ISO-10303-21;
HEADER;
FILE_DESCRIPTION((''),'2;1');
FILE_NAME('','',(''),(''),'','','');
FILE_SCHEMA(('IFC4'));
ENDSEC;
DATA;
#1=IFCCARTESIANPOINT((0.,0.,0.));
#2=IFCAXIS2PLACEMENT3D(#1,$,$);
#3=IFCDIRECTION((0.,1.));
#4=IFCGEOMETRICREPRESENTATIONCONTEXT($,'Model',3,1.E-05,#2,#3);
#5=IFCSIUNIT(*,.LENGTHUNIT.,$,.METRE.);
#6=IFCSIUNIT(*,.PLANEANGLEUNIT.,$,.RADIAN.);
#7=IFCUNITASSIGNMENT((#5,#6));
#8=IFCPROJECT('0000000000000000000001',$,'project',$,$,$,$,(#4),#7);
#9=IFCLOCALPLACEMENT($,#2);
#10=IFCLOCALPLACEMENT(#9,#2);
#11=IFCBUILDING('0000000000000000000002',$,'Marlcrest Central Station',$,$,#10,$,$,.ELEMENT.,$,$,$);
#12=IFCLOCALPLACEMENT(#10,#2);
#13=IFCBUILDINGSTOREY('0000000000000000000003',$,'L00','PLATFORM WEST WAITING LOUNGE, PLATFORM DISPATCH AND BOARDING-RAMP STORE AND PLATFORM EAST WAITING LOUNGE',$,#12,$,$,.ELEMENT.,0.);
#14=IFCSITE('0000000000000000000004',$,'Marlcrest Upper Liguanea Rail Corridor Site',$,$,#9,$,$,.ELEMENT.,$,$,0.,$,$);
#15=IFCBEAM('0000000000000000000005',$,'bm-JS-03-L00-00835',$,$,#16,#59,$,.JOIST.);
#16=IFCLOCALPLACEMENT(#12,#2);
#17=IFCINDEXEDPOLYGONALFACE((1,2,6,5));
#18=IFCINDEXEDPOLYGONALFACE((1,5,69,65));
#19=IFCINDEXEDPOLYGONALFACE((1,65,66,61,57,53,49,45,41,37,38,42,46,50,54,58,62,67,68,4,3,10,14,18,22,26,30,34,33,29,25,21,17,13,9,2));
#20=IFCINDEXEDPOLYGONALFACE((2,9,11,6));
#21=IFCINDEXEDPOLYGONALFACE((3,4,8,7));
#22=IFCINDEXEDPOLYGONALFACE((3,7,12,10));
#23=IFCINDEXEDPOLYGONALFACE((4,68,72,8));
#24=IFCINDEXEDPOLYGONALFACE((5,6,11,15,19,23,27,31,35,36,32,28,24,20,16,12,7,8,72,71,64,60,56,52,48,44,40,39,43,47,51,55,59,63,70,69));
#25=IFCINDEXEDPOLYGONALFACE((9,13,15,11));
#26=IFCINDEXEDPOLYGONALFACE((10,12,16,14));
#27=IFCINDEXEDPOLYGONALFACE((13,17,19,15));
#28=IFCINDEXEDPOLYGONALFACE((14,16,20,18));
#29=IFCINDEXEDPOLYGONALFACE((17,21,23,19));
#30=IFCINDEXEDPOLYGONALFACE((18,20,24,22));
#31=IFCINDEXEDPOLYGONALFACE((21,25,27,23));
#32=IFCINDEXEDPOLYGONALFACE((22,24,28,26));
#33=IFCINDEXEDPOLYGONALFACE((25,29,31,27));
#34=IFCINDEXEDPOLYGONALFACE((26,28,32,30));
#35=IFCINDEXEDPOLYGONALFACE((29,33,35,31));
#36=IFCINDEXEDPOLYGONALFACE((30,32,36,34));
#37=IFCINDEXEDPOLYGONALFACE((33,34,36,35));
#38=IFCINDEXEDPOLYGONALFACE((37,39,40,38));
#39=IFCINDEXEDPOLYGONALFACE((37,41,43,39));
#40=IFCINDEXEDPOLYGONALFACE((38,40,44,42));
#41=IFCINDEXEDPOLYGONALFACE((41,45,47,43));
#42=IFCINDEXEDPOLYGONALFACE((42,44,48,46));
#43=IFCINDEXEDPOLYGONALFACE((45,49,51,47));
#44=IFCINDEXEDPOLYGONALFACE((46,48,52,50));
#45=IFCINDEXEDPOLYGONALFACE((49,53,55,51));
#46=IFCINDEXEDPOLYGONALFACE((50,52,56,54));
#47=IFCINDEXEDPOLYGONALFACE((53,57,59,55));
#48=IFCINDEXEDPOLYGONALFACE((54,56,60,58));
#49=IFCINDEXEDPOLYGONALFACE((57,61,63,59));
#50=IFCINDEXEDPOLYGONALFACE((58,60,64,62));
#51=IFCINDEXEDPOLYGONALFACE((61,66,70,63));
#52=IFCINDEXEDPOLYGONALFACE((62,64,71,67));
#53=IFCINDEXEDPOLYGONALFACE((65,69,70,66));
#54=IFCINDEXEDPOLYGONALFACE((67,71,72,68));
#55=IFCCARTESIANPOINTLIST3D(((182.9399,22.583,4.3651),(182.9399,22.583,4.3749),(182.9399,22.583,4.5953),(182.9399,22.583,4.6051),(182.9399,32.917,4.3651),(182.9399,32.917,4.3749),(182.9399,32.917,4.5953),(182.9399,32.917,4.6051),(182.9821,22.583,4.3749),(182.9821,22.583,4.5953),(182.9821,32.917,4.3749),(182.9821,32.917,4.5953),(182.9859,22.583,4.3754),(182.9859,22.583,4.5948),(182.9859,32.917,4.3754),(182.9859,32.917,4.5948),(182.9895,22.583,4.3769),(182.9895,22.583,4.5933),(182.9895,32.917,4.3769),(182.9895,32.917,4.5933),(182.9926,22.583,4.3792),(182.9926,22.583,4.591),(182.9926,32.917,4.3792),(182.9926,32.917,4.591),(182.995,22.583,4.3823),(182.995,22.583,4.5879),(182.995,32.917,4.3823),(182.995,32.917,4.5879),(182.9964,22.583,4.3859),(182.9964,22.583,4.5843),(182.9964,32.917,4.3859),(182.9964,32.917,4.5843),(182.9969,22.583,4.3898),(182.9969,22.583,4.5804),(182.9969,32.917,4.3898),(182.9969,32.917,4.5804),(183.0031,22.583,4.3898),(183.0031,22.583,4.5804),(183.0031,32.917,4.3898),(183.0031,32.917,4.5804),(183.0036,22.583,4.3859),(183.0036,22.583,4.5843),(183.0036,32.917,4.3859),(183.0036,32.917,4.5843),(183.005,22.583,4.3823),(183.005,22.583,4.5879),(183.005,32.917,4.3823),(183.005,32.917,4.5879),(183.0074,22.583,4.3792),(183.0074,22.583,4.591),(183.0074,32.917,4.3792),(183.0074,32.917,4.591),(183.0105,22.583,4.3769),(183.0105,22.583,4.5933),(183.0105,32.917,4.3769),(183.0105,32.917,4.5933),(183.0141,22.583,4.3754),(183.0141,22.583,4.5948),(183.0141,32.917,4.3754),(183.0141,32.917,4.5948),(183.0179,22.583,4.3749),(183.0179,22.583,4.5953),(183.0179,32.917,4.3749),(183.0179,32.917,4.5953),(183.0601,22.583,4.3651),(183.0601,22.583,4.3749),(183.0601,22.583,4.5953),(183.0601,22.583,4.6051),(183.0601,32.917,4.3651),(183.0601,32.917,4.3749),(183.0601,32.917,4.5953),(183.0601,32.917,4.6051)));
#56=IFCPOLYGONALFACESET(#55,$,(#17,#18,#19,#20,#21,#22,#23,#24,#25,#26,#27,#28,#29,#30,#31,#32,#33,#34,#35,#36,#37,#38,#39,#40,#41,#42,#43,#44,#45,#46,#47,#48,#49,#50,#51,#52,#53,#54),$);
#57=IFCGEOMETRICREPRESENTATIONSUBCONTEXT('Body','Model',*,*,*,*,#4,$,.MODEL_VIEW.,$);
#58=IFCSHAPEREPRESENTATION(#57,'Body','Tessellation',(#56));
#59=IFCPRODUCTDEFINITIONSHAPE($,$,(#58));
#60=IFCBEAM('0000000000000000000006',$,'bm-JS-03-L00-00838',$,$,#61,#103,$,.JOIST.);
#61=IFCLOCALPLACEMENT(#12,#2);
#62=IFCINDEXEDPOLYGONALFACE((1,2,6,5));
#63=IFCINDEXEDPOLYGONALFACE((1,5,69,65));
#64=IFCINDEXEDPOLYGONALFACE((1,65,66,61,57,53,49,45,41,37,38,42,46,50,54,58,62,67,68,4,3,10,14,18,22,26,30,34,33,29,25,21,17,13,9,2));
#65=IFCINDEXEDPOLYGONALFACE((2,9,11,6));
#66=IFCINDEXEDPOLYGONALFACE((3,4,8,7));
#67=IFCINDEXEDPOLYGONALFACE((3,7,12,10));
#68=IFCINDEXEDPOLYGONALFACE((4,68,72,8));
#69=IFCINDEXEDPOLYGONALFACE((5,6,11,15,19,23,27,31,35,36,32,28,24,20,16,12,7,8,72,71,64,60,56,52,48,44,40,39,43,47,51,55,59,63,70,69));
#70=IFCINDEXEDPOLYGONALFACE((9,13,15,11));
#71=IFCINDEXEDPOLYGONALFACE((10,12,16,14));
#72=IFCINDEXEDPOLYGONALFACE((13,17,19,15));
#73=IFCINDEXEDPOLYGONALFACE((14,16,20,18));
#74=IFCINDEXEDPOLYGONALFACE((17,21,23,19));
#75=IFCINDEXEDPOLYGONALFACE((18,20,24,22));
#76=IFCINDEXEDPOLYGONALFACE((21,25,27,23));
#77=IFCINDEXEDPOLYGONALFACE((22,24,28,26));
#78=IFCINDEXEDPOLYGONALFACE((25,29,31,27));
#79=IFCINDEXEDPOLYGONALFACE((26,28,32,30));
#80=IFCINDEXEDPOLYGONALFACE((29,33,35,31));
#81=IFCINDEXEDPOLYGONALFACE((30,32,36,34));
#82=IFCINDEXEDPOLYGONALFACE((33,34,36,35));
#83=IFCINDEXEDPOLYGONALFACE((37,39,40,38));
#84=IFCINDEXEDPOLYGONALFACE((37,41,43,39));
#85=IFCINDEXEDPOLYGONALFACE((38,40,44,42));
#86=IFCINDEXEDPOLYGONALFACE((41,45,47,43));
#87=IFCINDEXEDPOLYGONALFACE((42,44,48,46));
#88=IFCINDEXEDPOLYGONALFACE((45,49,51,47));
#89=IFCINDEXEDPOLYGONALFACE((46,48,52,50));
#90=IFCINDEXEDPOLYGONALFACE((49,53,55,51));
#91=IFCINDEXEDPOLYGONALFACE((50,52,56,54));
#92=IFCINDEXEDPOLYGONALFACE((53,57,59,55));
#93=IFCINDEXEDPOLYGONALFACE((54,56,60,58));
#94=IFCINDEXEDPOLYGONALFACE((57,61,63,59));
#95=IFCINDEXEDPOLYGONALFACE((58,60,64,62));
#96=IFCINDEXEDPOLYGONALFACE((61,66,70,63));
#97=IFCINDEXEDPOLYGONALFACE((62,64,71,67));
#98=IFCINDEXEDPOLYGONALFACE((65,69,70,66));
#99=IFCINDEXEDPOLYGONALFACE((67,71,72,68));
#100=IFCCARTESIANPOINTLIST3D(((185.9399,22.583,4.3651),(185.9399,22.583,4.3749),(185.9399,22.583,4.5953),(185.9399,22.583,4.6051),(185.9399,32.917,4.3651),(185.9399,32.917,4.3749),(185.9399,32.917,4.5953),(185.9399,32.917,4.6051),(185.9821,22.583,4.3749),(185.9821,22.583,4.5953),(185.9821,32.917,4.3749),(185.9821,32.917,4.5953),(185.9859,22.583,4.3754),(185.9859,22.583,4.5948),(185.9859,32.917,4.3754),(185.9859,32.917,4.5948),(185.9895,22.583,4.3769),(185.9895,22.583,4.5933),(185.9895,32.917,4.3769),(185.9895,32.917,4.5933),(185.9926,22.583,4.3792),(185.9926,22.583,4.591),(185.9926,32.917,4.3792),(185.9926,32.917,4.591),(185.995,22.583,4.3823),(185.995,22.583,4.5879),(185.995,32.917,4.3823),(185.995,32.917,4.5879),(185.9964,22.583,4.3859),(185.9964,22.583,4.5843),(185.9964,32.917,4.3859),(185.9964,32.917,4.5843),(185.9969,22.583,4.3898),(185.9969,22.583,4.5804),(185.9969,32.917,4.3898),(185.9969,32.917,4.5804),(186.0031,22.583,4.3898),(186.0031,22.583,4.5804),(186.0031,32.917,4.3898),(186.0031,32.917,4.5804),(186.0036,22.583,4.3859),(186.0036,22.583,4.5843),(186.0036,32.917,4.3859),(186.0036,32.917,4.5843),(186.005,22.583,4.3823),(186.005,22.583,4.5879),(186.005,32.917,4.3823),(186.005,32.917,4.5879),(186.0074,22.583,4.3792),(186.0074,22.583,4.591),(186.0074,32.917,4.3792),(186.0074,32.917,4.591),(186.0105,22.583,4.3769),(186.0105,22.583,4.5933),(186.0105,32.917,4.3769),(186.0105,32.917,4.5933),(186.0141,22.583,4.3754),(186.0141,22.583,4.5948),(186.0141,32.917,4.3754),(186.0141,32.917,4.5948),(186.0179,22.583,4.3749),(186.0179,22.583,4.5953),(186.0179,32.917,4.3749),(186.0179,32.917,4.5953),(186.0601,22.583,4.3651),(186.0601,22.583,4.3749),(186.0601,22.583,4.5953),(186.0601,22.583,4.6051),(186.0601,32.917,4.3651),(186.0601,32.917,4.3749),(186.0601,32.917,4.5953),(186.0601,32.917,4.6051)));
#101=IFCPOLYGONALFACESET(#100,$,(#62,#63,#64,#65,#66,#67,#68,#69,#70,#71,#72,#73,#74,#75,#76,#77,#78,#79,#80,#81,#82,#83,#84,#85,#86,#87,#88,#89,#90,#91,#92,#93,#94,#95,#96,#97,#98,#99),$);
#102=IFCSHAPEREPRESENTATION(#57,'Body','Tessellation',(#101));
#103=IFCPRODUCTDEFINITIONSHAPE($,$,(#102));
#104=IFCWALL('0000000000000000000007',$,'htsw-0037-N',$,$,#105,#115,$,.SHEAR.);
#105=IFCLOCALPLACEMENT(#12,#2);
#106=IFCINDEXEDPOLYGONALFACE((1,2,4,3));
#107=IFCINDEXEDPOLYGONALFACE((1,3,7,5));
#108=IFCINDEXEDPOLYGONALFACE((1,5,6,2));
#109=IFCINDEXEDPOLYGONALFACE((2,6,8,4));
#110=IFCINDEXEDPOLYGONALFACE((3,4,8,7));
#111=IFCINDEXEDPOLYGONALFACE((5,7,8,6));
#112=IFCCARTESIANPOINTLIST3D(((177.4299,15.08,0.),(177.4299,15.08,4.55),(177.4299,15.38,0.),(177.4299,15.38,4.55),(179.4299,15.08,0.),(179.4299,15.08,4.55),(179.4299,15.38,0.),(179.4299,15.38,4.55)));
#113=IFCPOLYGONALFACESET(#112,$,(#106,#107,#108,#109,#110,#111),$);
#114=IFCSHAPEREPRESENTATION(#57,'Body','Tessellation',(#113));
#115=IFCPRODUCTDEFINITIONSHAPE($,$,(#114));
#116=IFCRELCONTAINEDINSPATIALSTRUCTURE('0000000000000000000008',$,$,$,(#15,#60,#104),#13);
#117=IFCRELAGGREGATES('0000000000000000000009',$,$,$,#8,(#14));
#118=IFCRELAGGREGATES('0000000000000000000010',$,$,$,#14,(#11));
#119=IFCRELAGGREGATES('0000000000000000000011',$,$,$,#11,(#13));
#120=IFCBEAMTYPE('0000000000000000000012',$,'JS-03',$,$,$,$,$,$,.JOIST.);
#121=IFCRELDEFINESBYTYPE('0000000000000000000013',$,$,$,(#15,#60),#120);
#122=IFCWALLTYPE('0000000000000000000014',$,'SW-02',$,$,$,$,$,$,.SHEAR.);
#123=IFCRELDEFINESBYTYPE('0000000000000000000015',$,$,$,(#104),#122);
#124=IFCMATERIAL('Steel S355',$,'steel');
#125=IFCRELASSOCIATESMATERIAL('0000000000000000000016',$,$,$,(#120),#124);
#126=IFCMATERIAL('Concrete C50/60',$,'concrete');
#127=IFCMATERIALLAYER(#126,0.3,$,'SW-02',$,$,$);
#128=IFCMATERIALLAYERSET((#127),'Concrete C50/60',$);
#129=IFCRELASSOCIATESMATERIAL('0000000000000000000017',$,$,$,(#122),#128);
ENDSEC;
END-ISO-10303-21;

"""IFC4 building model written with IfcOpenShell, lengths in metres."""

from ifc_helpers import new_model, si_unit, direction, frame, frame_2d, origin, origin_2d, place, context, subcontext, project, spatial, rectangle, i_section, extrude, material, layer, layer_set, material_profile, profile_set, type_object, element, save


model = new_model("IFC4")

# Units and contexts
model_context = context("Model", 3, precision=1e-05, world=origin(), true_north=direction((0.0, 1.0)))
body_context = subcontext(model_context, "Body", "Model", "MODEL_VIEW")
ifc_project = project(units=[si_unit("LENGTHUNIT", "METRE"), si_unit("PLANEANGLEUNIT", "RADIAN")], contexts=[model_context])

# Site, building, storey
site_placement = place(None, origin())
site = spatial("IfcSite", under=ifc_project, at=site_placement, Name="Marlcrest Upper Liguanea Rail Corridor Site", CompositionType="ELEMENT", RefElevation=0.0)
building_placement = place(site_placement, origin())
building = spatial("IfcBuilding", under=site, at=building_placement, Name="Marlcrest Central Station", CompositionType="ELEMENT")
storey_placement = place(building_placement, origin())
storey = spatial("IfcBuildingStorey", under=building, at=storey_placement, Name="L00", Description="PLATFORM WEST WAITING LOUNGE, PLATFORM DISPATCH AND BOARDING-RAMP STORE AND PLATFORM EAST WAITING LOUNGE", CompositionType="ELEMENT", Elevation=0.0)

# Shared definitions
ifc_material_1 = material(Name="Concrete C50/60", Category="concrete")
ifc_material_2 = material(Name="Steel S355", Category="steel")

# Beams
ifc_material_profile_1 = material_profile(ifc_material_2, i_section(OverallWidth=0.1201, OverallDepth=0.24, WebThickness=0.0061, FlangeThickness=0.0098, FilletRadius=0.0149, at=origin_2d()), Name="IPE 240")
ifc_profile_set_1 = profile_set([ifc_material_profile_1], Name="Steel S355")
beam_type_1 = type_object("IfcBeamType", Name="JS-03", PredefinedType="JOIST", material=ifc_profile_set_1)
for number, where, z_axis, x_axis, name in (
    (1, (183.0, 22.583, 4.4851), (0.0, 1.0, 0.0), (-1.0, 0.0, 0.0), "bm-JS-03-L00-00835"),
    (2, (186.0, 22.583, 4.4851), (0.0, 1.0, 0.0), (-1.0, 0.0, 0.0), "bm-JS-03-L00-00838"),
):
    element("IfcBeam", number, at=place(storey_placement, frame(where, z_axis=z_axis, x_axis=x_axis)), inside=storey, type_object=beam_type_1, Name=name, PredefinedType="JOIST", context=body_context, shape_type="SweptSolid", body=[
        extrude(i_section(OverallWidth=0.1201, OverallDepth=0.24, WebThickness=0.0061, FlangeThickness=0.0098, FilletRadius=0.0149, at=origin_2d()), origin(), (0.0, 0.0, 1.0), 10.334),
    ])

# Wall
ifc_layer = layer(ifc_material_1, 0.3, Name="SW-02")
ifc_layer_set = layer_set([ifc_layer], Name="Concrete C50/60")
wall_type = type_object("IfcWallType", Name="SW-02", PredefinedType="SHEAR", material=ifc_layer_set)
wall_placement = place(storey_placement, frame((179.4299, 15.23, 0.0), z_axis=(0.0, 0.0, 1.0), x_axis=(-1.0, 0.0, 0.0)))
element("IfcWall", 3, at=wall_placement, inside=storey, type_object=wall_type, Name="htsw-0037-N", PredefinedType="SHEAR", context=body_context, shape_type="SweptSolid", body=[
    extrude(rectangle(XDim=2.0, YDim=0.3, at=frame_2d((1.0, 0.0))), origin(), (0.0, 0.0, 1.0), 4.55),
])

save(model, "model.ifc")
